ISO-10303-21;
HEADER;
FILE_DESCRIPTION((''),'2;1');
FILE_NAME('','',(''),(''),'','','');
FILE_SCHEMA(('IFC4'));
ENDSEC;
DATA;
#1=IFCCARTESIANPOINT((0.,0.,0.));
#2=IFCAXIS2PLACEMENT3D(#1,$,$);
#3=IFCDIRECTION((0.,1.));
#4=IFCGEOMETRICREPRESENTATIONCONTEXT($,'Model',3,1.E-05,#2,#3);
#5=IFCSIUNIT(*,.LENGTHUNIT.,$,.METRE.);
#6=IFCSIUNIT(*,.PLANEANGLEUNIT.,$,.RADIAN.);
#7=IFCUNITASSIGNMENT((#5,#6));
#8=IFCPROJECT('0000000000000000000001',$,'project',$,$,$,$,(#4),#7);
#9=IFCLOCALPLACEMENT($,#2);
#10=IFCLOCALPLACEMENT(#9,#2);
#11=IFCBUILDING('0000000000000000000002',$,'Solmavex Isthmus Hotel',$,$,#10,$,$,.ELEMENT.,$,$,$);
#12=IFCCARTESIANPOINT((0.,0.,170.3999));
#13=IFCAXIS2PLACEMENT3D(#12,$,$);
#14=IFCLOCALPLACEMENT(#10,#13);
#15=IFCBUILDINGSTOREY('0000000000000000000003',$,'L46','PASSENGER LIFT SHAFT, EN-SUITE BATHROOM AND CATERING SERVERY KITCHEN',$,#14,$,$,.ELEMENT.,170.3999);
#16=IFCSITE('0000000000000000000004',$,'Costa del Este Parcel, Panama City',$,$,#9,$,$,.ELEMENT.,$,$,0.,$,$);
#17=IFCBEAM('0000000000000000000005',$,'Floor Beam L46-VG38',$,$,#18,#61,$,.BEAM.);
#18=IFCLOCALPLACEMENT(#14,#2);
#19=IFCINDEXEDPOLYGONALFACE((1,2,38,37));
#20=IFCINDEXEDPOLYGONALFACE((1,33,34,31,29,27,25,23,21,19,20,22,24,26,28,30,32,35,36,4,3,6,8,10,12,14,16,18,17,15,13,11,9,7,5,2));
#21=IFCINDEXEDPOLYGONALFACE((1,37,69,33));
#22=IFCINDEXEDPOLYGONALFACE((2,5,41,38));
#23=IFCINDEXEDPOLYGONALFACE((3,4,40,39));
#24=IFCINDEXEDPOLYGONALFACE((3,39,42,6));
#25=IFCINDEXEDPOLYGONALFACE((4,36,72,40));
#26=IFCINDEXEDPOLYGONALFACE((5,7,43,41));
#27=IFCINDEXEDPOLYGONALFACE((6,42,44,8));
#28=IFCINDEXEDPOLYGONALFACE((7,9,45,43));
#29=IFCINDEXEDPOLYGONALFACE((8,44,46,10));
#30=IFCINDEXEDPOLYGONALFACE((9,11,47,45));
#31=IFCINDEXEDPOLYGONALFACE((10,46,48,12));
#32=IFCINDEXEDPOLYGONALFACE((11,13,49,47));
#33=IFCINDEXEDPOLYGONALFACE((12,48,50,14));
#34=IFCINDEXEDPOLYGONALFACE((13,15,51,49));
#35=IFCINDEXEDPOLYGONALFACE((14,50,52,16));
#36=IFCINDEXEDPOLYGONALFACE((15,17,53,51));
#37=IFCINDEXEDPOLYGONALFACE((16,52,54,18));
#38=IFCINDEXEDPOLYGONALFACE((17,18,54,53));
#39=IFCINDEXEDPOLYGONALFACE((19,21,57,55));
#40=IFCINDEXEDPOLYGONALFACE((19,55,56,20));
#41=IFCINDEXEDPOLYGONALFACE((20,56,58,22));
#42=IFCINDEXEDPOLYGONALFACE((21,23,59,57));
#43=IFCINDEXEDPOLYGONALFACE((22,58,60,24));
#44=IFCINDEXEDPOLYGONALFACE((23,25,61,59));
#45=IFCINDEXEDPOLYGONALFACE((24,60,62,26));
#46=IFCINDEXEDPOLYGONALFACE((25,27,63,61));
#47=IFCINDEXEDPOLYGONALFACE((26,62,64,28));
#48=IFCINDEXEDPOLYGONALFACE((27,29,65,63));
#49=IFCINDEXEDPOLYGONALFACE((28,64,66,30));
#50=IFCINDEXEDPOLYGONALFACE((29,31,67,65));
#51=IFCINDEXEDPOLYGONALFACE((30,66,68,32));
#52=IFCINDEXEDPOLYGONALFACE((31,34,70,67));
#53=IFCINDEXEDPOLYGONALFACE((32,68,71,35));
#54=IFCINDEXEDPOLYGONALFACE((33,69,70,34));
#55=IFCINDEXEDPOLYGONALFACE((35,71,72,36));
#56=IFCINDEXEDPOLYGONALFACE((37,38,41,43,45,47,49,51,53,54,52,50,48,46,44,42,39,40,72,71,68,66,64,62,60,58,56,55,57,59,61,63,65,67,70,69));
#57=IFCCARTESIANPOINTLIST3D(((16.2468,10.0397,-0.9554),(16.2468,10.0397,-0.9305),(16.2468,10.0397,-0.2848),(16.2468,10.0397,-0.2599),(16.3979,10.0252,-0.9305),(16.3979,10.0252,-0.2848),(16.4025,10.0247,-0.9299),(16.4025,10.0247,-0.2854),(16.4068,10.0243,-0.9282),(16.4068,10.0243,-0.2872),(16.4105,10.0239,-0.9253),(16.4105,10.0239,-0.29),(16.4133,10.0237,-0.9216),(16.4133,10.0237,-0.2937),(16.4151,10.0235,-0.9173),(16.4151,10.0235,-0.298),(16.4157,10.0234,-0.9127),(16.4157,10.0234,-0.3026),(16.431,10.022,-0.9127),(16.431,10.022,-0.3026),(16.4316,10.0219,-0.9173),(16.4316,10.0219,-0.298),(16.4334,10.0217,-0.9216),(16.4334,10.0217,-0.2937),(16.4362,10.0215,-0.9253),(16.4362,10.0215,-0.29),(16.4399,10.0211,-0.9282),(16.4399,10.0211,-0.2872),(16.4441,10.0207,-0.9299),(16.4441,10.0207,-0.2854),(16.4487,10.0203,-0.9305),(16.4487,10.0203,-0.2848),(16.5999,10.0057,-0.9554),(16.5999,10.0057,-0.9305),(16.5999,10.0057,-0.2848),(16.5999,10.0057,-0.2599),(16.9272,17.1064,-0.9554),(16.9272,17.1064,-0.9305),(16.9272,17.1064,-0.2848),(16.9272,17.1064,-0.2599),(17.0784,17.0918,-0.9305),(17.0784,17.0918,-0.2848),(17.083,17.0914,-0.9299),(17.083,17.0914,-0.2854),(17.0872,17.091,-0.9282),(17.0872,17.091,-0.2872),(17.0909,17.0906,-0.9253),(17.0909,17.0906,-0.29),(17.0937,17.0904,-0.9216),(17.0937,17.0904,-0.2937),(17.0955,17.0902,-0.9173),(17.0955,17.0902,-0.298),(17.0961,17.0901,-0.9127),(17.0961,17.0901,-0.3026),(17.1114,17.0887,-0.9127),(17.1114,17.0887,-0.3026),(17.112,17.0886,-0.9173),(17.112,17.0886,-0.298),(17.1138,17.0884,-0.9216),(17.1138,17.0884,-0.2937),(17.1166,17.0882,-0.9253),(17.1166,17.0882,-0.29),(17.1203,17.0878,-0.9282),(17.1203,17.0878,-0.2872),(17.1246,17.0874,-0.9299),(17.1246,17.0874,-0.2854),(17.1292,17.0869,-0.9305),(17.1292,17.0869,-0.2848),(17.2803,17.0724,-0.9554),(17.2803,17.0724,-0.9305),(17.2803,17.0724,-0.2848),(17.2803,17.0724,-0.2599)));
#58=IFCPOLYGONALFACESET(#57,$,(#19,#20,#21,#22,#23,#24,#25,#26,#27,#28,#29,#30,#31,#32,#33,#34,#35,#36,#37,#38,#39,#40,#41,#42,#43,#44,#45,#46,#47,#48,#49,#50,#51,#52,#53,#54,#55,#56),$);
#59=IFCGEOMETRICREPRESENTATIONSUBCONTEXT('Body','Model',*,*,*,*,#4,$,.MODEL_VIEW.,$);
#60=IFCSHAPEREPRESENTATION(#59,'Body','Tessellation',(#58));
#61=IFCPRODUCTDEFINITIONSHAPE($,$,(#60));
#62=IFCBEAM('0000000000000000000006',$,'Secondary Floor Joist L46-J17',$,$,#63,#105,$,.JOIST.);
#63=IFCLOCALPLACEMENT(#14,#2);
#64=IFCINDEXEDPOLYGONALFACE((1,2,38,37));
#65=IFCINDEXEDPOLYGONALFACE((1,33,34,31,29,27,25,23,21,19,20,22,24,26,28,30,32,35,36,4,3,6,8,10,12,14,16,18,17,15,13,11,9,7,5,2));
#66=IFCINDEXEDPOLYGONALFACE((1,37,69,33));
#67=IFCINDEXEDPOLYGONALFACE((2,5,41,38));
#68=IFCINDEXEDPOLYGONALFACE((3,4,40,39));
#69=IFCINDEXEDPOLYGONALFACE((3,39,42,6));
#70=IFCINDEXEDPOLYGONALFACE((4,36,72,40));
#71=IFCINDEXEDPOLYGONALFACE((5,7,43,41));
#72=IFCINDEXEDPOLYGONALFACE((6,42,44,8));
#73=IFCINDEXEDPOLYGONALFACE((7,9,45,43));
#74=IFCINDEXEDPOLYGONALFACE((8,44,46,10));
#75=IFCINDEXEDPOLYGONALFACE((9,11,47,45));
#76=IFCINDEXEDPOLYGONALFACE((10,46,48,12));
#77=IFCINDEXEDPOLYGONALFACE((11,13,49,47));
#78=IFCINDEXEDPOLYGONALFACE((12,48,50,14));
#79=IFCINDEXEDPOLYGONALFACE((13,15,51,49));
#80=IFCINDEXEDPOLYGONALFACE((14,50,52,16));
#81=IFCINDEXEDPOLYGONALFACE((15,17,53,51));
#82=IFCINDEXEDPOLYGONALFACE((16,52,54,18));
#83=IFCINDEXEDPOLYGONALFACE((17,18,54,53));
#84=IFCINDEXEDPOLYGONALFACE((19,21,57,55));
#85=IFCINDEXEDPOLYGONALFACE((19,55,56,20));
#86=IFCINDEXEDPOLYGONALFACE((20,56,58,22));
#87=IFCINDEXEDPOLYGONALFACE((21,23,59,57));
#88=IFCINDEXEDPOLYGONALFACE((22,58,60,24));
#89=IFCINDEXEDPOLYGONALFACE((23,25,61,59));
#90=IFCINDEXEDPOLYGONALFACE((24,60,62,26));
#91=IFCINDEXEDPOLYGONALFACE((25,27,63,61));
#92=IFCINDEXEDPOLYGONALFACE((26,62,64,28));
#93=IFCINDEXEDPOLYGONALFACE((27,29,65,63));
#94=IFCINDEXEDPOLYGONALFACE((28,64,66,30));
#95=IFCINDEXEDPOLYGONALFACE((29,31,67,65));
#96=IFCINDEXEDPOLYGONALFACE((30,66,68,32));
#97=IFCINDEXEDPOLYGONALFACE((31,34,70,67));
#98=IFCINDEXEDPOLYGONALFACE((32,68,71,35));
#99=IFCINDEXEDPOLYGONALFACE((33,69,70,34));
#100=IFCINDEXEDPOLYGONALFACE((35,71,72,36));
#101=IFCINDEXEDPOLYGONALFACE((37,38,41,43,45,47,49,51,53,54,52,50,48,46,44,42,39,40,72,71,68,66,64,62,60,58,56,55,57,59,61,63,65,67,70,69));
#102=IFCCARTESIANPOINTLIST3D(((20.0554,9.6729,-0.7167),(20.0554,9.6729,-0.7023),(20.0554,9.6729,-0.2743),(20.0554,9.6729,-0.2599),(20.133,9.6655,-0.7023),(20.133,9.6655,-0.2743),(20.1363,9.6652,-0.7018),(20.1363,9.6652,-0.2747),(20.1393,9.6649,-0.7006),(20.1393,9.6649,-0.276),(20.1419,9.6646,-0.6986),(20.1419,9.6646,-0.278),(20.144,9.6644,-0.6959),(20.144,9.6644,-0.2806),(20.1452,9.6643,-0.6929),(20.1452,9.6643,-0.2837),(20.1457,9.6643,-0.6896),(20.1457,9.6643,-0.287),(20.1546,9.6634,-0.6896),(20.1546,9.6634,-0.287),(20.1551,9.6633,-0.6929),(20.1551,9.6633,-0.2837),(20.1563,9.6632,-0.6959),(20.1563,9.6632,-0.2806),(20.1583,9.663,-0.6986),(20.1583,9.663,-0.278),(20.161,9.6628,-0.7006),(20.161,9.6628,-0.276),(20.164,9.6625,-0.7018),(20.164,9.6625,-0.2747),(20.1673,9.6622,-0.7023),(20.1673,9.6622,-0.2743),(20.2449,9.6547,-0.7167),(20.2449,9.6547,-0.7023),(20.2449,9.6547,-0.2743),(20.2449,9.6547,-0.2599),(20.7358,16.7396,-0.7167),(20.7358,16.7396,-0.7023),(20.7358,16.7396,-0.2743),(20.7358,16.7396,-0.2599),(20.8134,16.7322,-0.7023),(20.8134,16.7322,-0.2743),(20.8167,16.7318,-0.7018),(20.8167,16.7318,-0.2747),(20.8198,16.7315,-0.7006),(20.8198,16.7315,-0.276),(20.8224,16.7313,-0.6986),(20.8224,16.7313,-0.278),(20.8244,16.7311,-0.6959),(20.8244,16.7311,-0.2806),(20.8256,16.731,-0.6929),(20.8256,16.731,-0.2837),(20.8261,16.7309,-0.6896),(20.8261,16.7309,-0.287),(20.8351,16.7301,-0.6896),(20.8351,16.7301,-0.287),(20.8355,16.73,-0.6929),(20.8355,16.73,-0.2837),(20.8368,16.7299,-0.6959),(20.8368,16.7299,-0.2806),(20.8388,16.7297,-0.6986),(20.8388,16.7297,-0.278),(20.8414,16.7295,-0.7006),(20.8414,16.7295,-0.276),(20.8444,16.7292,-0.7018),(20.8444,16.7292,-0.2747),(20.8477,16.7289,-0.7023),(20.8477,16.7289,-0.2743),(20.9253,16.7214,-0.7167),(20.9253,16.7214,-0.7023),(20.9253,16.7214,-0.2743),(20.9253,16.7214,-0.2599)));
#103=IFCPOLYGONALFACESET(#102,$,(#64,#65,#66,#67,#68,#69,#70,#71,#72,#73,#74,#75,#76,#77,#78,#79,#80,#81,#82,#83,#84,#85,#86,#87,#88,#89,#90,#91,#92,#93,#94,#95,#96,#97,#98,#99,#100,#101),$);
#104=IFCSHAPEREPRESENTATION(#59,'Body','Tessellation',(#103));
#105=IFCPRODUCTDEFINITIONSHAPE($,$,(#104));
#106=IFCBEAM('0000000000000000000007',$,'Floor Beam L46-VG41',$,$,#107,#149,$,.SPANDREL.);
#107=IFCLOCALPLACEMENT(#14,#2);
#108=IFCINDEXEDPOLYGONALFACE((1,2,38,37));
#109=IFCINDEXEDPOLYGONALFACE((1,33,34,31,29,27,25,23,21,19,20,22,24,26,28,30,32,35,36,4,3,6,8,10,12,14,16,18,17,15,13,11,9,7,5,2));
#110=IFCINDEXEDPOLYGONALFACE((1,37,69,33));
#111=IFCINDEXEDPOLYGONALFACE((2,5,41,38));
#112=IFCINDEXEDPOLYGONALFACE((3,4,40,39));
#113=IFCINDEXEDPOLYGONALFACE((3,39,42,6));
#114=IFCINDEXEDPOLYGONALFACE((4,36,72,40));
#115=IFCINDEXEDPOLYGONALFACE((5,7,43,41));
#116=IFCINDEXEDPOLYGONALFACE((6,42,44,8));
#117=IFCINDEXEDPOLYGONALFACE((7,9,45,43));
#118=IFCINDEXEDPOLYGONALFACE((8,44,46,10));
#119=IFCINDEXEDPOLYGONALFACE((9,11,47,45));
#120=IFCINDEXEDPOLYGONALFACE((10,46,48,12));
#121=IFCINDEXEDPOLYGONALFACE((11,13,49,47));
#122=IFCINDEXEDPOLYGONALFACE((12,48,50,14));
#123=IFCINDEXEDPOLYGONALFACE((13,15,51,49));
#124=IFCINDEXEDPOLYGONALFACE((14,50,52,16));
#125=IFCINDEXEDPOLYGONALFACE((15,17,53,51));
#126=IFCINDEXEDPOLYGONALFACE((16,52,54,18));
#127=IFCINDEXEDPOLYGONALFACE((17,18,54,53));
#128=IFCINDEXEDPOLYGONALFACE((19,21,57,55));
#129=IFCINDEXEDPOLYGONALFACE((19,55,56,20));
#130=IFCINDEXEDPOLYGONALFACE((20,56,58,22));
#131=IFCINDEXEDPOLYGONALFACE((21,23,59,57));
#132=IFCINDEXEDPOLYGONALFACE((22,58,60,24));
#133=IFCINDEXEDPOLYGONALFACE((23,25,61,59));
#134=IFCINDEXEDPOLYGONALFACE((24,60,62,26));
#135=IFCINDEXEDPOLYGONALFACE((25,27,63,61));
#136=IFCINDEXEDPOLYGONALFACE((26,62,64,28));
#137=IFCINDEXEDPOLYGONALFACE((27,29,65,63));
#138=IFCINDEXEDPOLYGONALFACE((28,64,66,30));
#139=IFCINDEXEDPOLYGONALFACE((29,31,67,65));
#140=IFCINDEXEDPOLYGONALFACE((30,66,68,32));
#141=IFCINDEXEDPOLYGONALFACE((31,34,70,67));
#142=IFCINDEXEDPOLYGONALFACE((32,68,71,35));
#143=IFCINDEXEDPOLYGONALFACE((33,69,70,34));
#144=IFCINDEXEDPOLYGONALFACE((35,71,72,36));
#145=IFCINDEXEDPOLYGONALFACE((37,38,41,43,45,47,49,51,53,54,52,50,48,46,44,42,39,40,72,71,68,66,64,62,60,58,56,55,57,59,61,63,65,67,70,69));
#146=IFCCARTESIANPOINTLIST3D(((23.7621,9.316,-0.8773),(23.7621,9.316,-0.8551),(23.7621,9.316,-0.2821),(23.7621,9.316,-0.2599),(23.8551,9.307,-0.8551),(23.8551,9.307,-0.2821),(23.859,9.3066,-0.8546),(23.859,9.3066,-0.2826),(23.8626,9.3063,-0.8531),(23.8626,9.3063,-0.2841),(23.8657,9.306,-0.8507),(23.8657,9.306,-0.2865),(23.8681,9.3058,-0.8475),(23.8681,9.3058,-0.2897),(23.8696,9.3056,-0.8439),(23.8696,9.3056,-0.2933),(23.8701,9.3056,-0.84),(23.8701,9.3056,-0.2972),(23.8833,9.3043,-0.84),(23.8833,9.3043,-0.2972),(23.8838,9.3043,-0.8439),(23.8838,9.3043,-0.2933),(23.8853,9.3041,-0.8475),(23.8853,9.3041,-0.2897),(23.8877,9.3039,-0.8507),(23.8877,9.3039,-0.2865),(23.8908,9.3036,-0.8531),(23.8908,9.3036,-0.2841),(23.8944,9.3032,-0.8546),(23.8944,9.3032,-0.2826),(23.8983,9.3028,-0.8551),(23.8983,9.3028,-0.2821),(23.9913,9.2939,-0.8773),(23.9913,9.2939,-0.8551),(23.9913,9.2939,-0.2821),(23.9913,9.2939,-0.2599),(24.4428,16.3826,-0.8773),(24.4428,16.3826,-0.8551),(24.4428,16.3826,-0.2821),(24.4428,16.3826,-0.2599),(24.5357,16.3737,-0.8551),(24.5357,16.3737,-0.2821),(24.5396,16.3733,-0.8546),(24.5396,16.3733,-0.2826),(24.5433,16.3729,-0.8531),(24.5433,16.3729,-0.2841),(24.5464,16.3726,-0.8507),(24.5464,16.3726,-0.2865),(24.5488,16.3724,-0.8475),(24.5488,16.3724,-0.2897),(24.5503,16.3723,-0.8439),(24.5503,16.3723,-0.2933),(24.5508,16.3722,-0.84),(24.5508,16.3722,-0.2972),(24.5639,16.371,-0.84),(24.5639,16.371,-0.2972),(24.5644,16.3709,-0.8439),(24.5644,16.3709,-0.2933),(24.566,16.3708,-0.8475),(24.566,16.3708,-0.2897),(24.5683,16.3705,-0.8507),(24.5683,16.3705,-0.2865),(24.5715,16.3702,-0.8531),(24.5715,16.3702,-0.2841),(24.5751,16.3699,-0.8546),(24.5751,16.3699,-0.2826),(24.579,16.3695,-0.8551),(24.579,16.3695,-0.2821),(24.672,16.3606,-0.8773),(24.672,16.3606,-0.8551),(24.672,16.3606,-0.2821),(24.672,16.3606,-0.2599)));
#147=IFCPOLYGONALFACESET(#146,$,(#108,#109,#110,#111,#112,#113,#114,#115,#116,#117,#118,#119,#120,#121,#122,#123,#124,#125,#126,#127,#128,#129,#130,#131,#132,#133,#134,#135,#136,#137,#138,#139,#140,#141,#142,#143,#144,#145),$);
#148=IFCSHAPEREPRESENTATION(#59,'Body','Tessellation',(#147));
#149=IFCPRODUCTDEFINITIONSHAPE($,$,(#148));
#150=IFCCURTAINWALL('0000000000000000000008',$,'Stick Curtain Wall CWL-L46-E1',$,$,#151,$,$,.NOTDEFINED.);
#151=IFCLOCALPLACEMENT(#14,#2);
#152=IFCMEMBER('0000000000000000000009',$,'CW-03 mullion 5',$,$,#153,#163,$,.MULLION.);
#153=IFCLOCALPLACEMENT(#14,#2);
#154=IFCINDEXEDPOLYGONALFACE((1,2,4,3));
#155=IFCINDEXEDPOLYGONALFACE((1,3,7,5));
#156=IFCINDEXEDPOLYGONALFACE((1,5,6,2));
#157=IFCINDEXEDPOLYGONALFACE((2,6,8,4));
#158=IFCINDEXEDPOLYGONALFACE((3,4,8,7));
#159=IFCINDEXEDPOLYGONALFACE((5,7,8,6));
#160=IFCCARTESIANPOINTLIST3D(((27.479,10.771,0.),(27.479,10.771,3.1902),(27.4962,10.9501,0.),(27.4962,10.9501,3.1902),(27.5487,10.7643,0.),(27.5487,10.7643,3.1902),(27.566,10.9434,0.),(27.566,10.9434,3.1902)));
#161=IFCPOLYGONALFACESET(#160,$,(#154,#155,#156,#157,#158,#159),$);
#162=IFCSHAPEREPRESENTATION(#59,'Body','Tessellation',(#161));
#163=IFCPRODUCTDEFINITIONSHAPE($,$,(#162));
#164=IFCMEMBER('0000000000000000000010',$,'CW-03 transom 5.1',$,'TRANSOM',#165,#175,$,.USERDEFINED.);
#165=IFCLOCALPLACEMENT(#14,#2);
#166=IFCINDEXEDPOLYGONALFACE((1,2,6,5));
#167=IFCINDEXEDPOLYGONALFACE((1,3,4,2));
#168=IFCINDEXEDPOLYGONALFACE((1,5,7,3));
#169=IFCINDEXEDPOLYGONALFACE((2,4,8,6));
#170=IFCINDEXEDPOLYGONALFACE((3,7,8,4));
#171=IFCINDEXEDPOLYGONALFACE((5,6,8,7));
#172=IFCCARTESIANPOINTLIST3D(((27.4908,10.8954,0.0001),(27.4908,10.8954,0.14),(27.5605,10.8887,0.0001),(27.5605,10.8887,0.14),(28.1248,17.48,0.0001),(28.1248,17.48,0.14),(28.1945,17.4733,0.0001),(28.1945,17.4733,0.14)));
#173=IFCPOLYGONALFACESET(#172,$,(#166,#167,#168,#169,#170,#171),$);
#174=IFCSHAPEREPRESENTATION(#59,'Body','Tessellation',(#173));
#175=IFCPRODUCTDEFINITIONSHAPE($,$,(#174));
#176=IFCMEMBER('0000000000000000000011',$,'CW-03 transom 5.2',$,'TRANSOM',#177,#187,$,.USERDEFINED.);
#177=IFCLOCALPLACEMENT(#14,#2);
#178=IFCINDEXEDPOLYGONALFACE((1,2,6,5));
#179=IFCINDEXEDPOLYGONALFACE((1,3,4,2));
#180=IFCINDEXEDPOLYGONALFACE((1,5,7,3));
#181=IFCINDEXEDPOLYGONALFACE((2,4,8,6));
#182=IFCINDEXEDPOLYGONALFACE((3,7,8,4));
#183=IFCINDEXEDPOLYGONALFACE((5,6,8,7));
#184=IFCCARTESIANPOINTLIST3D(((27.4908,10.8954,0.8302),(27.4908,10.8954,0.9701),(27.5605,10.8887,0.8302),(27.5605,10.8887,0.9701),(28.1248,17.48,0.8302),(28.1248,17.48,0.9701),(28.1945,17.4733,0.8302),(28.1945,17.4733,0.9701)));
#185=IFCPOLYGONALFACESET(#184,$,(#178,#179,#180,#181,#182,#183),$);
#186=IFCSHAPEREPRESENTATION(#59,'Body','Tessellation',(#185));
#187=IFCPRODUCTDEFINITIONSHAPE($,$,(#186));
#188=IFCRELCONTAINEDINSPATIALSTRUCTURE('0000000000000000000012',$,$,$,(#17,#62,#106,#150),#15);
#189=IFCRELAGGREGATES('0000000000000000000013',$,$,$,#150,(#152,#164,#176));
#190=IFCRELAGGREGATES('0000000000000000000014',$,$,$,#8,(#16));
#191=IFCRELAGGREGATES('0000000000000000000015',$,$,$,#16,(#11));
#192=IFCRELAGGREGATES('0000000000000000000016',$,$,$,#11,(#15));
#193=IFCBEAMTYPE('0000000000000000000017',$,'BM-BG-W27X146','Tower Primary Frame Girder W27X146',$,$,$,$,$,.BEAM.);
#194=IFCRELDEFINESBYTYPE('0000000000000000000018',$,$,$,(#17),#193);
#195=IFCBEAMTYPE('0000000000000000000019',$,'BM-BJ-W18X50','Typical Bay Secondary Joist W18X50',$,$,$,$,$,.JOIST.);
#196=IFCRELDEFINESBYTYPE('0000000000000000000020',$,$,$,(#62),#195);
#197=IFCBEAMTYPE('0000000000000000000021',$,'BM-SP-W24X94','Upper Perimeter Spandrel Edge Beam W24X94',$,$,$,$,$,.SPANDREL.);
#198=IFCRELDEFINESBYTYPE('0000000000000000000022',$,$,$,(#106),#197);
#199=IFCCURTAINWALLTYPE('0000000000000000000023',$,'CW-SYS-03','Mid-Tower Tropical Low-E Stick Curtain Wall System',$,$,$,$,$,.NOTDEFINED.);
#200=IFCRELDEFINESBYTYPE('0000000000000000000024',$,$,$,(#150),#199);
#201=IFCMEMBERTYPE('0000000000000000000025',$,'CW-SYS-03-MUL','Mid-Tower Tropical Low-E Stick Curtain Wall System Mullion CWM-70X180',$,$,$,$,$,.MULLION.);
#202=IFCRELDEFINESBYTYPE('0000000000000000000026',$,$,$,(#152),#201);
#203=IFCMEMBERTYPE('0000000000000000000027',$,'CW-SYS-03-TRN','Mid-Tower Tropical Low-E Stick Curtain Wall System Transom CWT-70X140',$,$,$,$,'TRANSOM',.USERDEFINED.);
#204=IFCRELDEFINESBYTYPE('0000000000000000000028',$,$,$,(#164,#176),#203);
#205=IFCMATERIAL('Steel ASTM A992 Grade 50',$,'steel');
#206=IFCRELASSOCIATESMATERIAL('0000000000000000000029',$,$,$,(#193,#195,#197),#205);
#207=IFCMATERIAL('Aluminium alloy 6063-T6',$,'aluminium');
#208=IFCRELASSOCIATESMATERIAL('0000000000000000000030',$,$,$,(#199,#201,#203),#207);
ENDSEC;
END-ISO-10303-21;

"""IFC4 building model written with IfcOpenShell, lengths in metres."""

from ifc_helpers import new_model, si_unit, direction, frame, origin, origin_2d, place, context, subcontext, project, spatial, rectangle, i_section, extrude, material, material_profile, profile_set, type_object, element, aggregate, save


model = new_model("IFC4")

# Units and contexts
model_context = context("Model", 3, precision=1e-05, world=origin(), true_north=direction((0.0, 1.0)))
body_context = subcontext(model_context, "Body", "Model", "MODEL_VIEW")
ifc_project = project(units=[si_unit("LENGTHUNIT", "METRE"), si_unit("PLANEANGLEUNIT", "RADIAN")], contexts=[model_context])

# Site, building, storey
site_placement = place(None, origin())
site = spatial("IfcSite", under=ifc_project, at=site_placement, Name="Costa del Este Parcel, Panama City", CompositionType="ELEMENT", RefElevation=0.0)
building_placement = place(site_placement, origin())
building = spatial("IfcBuilding", under=site, at=building_placement, Name="Solmavex Isthmus Hotel", CompositionType="ELEMENT")
storey_placement = place(building_placement, frame((0.0, 0.0, 170.3999)))
storey = spatial("IfcBuildingStorey", under=building, at=storey_placement, Name="L46", Description="PASSENGER LIFT SHAFT, EN-SUITE BATHROOM AND CATERING SERVERY KITCHEN", CompositionType="ELEMENT", Elevation=170.3999)

# Beams
ifc_material_1 = material(Name="Steel ASTM A992 Grade 50", Category="steel")
ifc_material_profile_1 = material_profile(ifc_material_1, i_section(OverallWidth=0.3547, OverallDepth=0.6956, WebThickness=0.0154, FlangeThickness=0.0249, FilletRadius=0.0178, at=origin_2d()), Name="W27X146")
ifc_profile_set_1 = profile_set([ifc_material_profile_1], Name="Steel ASTM A992 Grade 50")
beam_type_1 = type_object("IfcBeamType", Name="BM-BG-W27X146", Description="Tower Primary Frame Girder W27X146", PredefinedType="BEAM", material=ifc_profile_set_1)
beam_1_placement = place(storey_placement, frame((16.4233, 10.0227, -0.6077), z_axis=(0.095843, 0.995396, 0.0), x_axis=(-0.995396, 0.095843, 0.0)))
element("IfcBeam", 1, at=beam_1_placement, inside=storey, type_object=beam_type_1, Name="Floor Beam L46-VG38", PredefinedType="BEAM", context=body_context, shape_type="SweptSolid", body=[
    extrude(i_section(OverallWidth=0.3547, OverallDepth=0.6956, WebThickness=0.0154, FlangeThickness=0.0249, FilletRadius=0.0178, at=origin_2d()), origin(), (0.0, 0.0, 1.0), 7.0994),
])
ifc_material_profile_2 = material_profile(ifc_material_1, i_section(OverallWidth=0.1904, OverallDepth=0.4568, WebThickness=0.009, FlangeThickness=0.0144, FilletRadius=0.0127, at=origin_2d()), Name="W18X50")
ifc_profile_set_2 = profile_set([ifc_material_profile_2], Name="Steel ASTM A992 Grade 50")
beam_type_2 = type_object("IfcBeamType", Name="BM-BJ-W18X50", Description="Typical Bay Secondary Joist W18X50", PredefinedType="JOIST", material=ifc_profile_set_2)
beam_2_placement = place(storey_placement, frame((20.1501, 9.6638, -0.4883), z_axis=(0.095843, 0.995396, 0.0), x_axis=(-0.995396, 0.095843, 0.0)))
element("IfcBeam", 2, at=beam_2_placement, inside=storey, type_object=beam_type_2, Name="Secondary Floor Joist L46-J17", PredefinedType="JOIST", context=body_context, shape_type="SweptSolid", body=[
    extrude(i_section(OverallWidth=0.1904, OverallDepth=0.4568, WebThickness=0.009, FlangeThickness=0.0144, FilletRadius=0.0127, at=origin_2d()), origin(), (0.0, 0.0, 1.0), 7.0994),
])
ifc_material_profile_3 = material_profile(ifc_material_1, i_section(OverallWidth=0.2302, OverallDepth=0.6174, WebThickness=0.0132, FlangeThickness=0.0222, FilletRadius=0.0151, at=origin_2d()), Name="W24X94")
ifc_profile_set_3 = profile_set([ifc_material_profile_3], Name="Steel ASTM A992 Grade 50")
beam_type_3 = type_object("IfcBeamType", Name="BM-SP-W24X94", Description="Upper Perimeter Spandrel Edge Beam W24X94", PredefinedType="SPANDREL", material=ifc_profile_set_3)
beam_3_placement = place(storey_placement, frame((23.8767, 9.3049, -0.5686), z_axis=(0.095877, 0.995393, 0.0), x_axis=(-0.995393, 0.095877, 0.0)))
element("IfcBeam", 3, at=beam_3_placement, inside=storey, type_object=beam_type_3, Name="Floor Beam L46-VG41", PredefinedType="SPANDREL", context=body_context, shape_type="SweptSolid", body=[
    extrude(i_section(OverallWidth=0.2302, OverallDepth=0.6174, WebThickness=0.0132, FlangeThickness=0.0222, FilletRadius=0.0151, at=origin_2d()), origin(), (0.0, 0.0, 1.0), 7.0994),
])

# Curtain wall, members
ifc_material_2 = material(Name="Aluminium alloy 6063-T6", Category="aluminium")
curtain_wall_type = type_object("IfcCurtainWallType", Name="CW-SYS-03", Description="Mid-Tower Tropical Low-E Stick Curtain Wall System", PredefinedType="NOTDEFINED", material=ifc_material_2)
curtain_wall_placement = place(storey_placement, origin())
curtain_wall = element("IfcCurtainWall", 4, at=curtain_wall_placement, inside=storey, type_object=curtain_wall_type, Name="Stick Curtain Wall CWL-L46-E1", PredefinedType="NOTDEFINED")
ifc_material_profile_4 = material_profile(ifc_material_2, rectangle(XDim=0.0701, YDim=0.1799, at=origin_2d()), Name="CWM-70X180")
ifc_profile_set_4 = profile_set([ifc_material_profile_4], Name="Aluminium alloy 6063-T6")
member_type_1 = type_object("IfcMemberType", Name="CW-SYS-03-MUL", Description="Mid-Tower Tropical Low-E Stick Curtain Wall System Mullion CWM-70X180", PredefinedType="MULLION", material=ifc_profile_set_4)
member_1_placement = place(storey_placement, frame((27.5225, 10.8572, 0.0), z_axis=(0.0, 0.0, 1.0), x_axis=(-0.995396, 0.095846, 0.0)))
member_1 = element("IfcMember", 5, at=member_1_placement, type_object=member_type_1, Name="CW-03 mullion 5", PredefinedType="MULLION", context=body_context, shape_type="SweptSolid", body=[
    extrude(rectangle(XDim=0.0701, YDim=0.1799, at=origin_2d()), origin(), (0.0, 0.0, 1.0), 3.1902),
])
ifc_material_profile_5 = material_profile(ifc_material_2, rectangle(XDim=0.0701, YDim=0.1399, at=origin_2d()), Name="CWT-70X140")
ifc_profile_set_5 = profile_set([ifc_material_profile_5], Name="Aluminium alloy 6063-T6")
member_type_2 = type_object("IfcMemberType", Name="CW-SYS-03-TRN", Description="Mid-Tower Tropical Low-E Stick Curtain Wall System Transom CWT-70X140", ElementType="TRANSOM", PredefinedType="USERDEFINED", material=ifc_profile_set_5)
member_2_placement = place(storey_placement, frame((27.5256, 10.8921, 0.0701), z_axis=(0.095849, 0.995396, 0.0), x_axis=(-0.995396, 0.095849, 0.0)))
member_2 = element("IfcMember", 6, at=member_2_placement, type_object=member_type_2, Name="CW-03 transom 5.1", ObjectType="TRANSOM", PredefinedType="USERDEFINED", context=body_context, shape_type="SweptSolid", body=[
    extrude(rectangle(XDim=0.0701, YDim=0.1399, at=origin_2d()), origin(), (0.0, 0.0, 1.0), 6.615),
])
member_3_placement = place(storey_placement, frame((27.5256, 10.8921, 0.9001), z_axis=(0.095849, 0.995396, 0.0), x_axis=(-0.995396, 0.095849, 0.0)))
member_3 = element("IfcMember", 7, at=member_3_placement, type_object=member_type_2, Name="CW-03 transom 5.2", ObjectType="TRANSOM", PredefinedType="USERDEFINED", context=body_context, shape_type="SweptSolid", body=[
    extrude(rectangle(XDim=0.0701, YDim=0.1399, at=origin_2d()), origin(), (0.0, 0.0, 1.0), 6.615),
])
aggregate(curtain_wall, [member_1, member_2, member_3])

save(model, "model.ifc")
